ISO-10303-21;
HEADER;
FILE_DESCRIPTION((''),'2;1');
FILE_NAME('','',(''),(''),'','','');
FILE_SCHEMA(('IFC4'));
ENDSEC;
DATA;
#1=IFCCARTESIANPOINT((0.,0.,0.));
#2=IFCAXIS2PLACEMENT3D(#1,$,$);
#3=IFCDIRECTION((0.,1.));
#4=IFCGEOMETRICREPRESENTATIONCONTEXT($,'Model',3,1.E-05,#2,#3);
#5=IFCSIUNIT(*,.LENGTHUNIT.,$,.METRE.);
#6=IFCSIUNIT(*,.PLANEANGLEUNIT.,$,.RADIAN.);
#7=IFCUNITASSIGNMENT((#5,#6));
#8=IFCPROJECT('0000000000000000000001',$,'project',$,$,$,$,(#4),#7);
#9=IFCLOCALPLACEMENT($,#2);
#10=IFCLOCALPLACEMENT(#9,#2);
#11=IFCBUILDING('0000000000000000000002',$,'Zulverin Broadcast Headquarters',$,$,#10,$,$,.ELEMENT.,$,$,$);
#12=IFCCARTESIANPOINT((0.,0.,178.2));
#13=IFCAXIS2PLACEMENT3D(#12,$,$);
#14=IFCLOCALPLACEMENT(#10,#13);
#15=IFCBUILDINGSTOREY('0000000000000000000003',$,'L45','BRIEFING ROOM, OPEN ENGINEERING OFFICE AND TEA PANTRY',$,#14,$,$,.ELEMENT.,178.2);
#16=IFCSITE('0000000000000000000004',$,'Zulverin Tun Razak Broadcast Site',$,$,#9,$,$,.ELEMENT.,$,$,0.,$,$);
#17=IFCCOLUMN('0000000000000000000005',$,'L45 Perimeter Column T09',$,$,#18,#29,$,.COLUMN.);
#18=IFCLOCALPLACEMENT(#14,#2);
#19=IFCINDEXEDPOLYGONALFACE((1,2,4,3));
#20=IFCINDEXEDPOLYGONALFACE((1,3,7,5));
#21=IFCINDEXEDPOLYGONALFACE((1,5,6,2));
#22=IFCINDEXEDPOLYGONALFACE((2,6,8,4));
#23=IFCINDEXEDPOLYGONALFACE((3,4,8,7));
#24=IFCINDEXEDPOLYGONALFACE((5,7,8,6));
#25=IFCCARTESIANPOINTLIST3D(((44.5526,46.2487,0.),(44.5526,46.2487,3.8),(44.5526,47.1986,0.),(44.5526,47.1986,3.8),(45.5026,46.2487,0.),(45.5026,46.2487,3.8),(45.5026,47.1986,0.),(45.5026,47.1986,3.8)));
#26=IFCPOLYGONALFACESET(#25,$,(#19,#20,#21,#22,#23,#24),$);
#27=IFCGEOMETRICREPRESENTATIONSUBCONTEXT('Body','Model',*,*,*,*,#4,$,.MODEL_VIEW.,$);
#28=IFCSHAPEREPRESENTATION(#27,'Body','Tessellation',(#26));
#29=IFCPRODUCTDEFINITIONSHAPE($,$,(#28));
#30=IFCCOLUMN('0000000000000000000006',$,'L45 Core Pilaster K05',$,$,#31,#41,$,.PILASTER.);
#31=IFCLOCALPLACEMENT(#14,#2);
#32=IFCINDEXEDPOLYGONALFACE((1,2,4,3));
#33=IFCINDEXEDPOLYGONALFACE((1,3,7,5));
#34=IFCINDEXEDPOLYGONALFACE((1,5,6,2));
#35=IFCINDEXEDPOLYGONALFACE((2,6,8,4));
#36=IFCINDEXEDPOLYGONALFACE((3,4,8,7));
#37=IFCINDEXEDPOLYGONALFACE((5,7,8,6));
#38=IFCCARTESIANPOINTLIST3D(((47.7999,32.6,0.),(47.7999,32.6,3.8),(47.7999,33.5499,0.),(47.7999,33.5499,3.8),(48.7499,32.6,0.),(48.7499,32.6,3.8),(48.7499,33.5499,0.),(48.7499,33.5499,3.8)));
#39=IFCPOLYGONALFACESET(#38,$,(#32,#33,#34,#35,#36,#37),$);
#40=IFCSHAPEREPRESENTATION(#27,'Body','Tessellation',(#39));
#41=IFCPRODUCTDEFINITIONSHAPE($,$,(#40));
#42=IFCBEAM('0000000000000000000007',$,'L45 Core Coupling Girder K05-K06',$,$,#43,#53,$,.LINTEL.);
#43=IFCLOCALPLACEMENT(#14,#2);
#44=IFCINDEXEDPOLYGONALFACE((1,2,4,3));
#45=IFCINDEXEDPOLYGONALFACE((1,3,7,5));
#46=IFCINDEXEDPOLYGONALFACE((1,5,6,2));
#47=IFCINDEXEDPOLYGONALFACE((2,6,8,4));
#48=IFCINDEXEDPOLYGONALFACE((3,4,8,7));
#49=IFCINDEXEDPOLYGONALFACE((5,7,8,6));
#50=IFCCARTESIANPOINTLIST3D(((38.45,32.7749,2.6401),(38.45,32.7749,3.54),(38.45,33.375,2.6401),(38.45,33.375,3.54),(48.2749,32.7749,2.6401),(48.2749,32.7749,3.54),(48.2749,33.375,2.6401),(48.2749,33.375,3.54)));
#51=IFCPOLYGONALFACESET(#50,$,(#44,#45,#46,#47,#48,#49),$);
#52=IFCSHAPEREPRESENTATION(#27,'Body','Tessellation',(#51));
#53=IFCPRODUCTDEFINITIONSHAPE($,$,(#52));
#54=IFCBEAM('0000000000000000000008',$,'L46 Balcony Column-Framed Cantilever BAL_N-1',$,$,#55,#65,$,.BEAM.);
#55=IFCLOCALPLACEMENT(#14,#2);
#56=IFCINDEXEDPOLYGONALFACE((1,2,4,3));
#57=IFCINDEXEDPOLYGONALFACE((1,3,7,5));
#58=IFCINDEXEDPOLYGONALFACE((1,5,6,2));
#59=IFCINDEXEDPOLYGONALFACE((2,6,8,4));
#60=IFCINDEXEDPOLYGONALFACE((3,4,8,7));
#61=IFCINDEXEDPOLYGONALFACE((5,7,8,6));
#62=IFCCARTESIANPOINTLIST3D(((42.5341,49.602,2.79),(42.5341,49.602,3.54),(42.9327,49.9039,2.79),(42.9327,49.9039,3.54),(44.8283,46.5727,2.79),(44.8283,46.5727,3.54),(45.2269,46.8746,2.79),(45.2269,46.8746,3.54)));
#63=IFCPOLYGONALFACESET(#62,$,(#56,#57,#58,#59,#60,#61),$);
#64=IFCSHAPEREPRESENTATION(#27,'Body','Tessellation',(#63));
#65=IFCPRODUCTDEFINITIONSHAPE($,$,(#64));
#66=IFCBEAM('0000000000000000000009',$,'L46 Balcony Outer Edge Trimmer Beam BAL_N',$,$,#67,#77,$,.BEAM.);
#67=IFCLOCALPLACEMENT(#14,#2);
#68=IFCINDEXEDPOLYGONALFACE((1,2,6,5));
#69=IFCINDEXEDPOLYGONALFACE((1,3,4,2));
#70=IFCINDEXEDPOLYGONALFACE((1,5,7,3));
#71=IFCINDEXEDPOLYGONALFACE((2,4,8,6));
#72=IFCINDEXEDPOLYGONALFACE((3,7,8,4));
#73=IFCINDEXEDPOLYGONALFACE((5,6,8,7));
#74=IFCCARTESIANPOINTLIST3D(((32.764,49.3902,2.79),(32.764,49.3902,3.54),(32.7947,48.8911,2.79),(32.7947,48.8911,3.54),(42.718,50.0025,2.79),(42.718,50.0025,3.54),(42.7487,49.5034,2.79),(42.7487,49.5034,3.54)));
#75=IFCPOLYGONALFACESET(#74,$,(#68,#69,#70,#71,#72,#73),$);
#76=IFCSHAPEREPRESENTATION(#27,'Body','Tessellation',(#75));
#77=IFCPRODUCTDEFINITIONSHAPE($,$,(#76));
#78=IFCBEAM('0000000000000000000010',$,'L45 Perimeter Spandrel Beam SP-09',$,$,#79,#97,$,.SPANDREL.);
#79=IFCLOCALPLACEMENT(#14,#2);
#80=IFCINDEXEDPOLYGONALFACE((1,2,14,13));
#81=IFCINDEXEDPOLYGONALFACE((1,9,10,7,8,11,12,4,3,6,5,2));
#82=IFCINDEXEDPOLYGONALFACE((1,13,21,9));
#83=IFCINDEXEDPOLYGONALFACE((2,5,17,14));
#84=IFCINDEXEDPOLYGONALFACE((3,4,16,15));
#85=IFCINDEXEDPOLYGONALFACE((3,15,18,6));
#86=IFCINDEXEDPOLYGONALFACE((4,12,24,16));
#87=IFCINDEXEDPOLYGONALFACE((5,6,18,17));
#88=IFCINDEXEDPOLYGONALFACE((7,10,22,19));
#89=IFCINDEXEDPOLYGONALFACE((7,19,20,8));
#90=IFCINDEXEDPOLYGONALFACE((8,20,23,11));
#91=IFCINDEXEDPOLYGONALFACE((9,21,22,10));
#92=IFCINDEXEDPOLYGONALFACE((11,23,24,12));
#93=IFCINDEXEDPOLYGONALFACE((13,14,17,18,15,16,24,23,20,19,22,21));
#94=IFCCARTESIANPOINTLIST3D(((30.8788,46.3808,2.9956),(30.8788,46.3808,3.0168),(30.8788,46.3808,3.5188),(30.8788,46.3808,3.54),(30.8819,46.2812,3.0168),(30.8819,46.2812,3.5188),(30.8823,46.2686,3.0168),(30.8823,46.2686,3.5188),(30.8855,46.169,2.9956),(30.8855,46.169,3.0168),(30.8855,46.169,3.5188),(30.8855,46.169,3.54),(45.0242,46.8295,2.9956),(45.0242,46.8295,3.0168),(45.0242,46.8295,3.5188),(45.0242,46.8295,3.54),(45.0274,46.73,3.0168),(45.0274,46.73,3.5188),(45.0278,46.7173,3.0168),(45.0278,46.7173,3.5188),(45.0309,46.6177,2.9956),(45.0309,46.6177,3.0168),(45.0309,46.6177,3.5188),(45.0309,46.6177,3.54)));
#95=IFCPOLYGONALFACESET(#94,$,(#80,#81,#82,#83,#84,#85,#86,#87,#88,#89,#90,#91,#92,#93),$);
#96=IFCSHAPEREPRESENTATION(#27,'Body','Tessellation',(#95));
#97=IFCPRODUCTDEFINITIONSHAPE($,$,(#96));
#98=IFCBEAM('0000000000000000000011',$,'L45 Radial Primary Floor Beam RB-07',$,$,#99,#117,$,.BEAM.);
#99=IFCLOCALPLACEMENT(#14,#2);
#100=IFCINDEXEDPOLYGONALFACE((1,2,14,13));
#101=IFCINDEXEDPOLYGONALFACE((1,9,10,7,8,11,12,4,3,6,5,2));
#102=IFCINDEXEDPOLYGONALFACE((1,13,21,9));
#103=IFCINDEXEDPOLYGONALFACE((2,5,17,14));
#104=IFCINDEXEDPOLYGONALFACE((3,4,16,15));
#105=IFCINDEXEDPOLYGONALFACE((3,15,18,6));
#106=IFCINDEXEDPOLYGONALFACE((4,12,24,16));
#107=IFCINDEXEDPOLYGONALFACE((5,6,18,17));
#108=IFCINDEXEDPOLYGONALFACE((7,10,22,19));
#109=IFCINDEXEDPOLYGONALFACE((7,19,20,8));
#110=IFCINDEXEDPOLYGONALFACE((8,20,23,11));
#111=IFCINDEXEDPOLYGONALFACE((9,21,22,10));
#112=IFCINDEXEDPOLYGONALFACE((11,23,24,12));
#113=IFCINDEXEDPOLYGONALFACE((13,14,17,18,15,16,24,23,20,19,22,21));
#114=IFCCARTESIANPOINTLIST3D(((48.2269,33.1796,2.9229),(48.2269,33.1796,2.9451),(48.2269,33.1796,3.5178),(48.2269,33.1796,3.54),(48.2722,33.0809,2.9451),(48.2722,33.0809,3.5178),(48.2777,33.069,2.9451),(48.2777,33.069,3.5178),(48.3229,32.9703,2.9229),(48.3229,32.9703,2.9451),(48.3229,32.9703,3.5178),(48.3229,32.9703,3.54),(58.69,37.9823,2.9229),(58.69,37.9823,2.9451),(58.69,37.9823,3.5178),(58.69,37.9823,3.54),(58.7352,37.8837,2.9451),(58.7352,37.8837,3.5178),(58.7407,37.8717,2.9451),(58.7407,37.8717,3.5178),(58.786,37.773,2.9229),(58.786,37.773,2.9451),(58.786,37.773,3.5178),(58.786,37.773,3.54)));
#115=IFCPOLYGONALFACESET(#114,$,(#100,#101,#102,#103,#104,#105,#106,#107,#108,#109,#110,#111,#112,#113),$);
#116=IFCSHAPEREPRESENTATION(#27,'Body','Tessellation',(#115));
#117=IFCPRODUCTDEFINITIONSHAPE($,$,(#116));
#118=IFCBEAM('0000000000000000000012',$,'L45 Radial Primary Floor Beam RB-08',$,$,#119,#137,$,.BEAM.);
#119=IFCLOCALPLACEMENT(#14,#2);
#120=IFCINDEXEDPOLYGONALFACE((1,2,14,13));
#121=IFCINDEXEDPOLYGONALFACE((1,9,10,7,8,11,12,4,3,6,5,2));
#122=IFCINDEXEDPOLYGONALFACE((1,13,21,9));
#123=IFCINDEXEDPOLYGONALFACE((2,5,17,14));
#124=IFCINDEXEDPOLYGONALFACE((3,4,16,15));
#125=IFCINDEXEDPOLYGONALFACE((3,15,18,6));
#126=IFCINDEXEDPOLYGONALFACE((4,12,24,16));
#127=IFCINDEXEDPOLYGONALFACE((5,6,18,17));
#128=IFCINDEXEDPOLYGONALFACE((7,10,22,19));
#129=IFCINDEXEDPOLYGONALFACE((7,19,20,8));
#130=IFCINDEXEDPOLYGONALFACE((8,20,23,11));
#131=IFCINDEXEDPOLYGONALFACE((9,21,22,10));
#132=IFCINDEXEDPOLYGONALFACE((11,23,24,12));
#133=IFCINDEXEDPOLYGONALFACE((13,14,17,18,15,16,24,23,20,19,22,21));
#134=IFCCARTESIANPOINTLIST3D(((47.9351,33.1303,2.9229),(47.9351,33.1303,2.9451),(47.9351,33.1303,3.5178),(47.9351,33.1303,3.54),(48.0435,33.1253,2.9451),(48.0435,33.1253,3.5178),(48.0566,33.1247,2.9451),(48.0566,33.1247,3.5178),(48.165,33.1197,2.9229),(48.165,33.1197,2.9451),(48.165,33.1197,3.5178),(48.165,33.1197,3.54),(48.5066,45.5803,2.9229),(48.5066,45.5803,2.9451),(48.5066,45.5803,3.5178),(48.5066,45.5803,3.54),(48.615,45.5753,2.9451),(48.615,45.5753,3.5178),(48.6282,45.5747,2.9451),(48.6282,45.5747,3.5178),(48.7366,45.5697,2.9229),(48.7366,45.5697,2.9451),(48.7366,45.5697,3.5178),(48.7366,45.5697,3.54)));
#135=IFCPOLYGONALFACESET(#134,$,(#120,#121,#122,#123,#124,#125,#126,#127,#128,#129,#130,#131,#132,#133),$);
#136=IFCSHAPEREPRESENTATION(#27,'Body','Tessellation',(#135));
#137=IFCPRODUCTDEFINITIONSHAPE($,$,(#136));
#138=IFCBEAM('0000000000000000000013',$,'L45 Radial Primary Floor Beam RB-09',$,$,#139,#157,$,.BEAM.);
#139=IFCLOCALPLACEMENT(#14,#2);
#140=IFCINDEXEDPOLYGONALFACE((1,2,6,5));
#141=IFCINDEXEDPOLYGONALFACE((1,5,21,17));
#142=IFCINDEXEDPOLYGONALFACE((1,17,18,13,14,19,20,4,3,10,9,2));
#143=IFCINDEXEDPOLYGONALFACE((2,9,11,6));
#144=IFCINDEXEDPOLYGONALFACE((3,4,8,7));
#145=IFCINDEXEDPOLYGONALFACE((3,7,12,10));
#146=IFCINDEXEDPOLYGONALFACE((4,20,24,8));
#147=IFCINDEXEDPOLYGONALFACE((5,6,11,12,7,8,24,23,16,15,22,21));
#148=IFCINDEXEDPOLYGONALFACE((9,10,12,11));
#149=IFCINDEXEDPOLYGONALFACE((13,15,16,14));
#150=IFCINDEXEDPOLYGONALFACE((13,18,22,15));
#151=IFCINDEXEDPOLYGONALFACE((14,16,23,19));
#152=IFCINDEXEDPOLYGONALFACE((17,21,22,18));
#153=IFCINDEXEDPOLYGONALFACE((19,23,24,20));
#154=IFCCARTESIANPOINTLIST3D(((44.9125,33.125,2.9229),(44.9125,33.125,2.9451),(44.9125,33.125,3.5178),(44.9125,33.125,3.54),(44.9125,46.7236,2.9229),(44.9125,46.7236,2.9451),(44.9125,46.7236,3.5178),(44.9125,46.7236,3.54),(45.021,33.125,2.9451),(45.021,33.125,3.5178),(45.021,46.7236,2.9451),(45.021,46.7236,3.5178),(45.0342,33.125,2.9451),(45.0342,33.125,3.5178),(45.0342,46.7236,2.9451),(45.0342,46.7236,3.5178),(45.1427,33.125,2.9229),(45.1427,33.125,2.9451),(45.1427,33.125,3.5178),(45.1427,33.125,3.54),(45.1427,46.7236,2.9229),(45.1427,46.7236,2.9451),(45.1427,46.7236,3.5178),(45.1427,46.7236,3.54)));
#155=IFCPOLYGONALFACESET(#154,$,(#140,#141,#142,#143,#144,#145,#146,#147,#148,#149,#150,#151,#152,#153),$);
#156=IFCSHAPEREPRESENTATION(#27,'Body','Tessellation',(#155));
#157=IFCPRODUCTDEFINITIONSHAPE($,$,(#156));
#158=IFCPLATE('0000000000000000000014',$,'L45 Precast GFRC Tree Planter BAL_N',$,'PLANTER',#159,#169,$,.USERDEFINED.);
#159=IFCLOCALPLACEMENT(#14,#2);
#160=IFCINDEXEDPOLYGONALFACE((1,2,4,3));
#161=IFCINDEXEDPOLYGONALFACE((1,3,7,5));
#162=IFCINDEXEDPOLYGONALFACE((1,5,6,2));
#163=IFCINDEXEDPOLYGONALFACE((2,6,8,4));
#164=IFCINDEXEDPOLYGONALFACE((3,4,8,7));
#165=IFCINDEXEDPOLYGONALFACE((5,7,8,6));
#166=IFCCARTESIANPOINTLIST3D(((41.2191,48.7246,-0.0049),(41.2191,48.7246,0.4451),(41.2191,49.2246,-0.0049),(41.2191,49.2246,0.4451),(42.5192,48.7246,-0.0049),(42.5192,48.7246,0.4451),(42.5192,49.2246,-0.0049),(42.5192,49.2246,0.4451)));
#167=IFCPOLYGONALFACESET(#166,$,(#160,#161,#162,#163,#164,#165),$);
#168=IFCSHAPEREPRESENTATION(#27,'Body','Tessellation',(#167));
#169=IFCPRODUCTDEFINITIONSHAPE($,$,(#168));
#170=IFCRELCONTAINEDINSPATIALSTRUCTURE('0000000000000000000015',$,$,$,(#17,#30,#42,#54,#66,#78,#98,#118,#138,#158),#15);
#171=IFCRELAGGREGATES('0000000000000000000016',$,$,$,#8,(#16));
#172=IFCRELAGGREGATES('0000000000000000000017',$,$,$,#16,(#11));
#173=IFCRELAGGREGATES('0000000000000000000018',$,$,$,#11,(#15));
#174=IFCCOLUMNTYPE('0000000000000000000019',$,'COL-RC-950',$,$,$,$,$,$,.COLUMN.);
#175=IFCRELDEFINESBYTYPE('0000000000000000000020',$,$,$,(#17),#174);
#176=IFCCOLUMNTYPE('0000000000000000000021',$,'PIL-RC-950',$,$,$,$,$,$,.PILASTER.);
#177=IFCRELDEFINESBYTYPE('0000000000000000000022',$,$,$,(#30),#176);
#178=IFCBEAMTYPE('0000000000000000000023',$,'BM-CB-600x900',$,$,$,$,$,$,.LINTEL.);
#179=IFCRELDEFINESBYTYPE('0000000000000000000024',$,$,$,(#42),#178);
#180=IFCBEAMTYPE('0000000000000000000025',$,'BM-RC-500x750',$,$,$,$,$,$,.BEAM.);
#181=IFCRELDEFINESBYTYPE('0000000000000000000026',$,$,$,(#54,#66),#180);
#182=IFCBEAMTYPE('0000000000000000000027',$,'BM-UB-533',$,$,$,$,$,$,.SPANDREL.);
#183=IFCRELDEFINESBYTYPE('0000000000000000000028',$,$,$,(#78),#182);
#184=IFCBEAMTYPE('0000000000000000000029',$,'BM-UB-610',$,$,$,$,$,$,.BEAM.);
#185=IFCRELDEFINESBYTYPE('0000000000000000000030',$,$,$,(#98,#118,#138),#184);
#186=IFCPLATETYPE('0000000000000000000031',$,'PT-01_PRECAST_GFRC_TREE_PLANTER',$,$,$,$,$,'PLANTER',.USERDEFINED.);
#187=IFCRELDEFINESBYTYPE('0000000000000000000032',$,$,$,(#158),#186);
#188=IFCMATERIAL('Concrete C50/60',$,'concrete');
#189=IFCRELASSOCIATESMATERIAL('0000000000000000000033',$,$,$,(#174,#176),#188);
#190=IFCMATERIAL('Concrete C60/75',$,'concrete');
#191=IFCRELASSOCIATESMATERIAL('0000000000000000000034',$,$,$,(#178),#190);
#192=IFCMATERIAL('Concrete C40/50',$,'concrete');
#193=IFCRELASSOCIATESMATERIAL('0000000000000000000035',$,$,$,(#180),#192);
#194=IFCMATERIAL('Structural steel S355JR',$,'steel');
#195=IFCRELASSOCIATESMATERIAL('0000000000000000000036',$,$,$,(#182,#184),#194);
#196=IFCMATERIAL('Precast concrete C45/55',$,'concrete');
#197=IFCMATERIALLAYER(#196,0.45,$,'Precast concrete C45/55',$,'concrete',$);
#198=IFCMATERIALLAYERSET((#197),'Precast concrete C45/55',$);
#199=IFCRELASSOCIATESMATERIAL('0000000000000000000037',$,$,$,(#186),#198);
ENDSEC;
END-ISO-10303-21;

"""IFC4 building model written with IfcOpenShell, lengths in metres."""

from ifc_helpers import new_model, si_unit, direction, frame, origin, origin_2d, place, context, subcontext, project, spatial, rectangle, i_section, extrude, material, layer, layer_set, material_profile, profile_set, type_object, element, save


model = new_model("IFC4")

# Units and contexts
model_context = context("Model", 3, precision=1e-05, world=origin(), true_north=direction((0.0, 1.0)))
body_context = subcontext(model_context, "Body", "Model", "MODEL_VIEW")
ifc_project = project(units=[si_unit("LENGTHUNIT", "METRE"), si_unit("PLANEANGLEUNIT", "RADIAN")], contexts=[model_context])

# Site, building, storey
site_placement = place(None, origin())
site = spatial("IfcSite", under=ifc_project, at=site_placement, Name="Zulverin Tun Razak Broadcast Site", CompositionType="ELEMENT", RefElevation=0.0)
building_placement = place(site_placement, origin())
building = spatial("IfcBuilding", under=site, at=building_placement, Name="Zulverin Broadcast Headquarters", CompositionType="ELEMENT")
storey_placement = place(building_placement, frame((0.0, 0.0, 178.2)))
storey = spatial("IfcBuildingStorey", under=building, at=storey_placement, Name="L45", Description="BRIEFING ROOM, OPEN ENGINEERING OFFICE AND TEA PANTRY", CompositionType="ELEMENT", Elevation=178.2)

# Columns
ifc_material_1 = material(Name="Concrete C50/60", Category="concrete")
ifc_material_profile_1 = material_profile(ifc_material_1, rectangle(XDim=0.95, YDim=0.95, at=origin_2d()), Name="Concrete C50/60", Category="concrete")
ifc_profile_set_1 = profile_set([ifc_material_profile_1], Name="Concrete C50/60")
column_type_1 = type_object("IfcColumnType", Name="COL-RC-950", PredefinedType="COLUMN", material=ifc_profile_set_1)
column_1_placement = place(storey_placement, frame((45.0276, 46.7236, 0.0), z_axis=(0.0, 0.0, 1.0), x_axis=(1.0, 0.0, 0.0)))
element("IfcColumn", 1, at=column_1_placement, inside=storey, type_object=column_type_1, Name="L45 Perimeter Column T09", PredefinedType="COLUMN", context=body_context, shape_type="SweptSolid", body=[
    extrude(rectangle(XDim=0.95, YDim=0.95, at=origin_2d()), origin(), (0.0, 0.0, 1.0), 3.8),
])
ifc_material_profile_2 = material_profile(ifc_material_1, rectangle(XDim=0.95, YDim=0.95, at=origin_2d()), Name="Concrete C50/60", Category="concrete")
ifc_profile_set_2 = profile_set([ifc_material_profile_2], Name="Concrete C50/60")
column_type_2 = type_object("IfcColumnType", Name="PIL-RC-950", PredefinedType="PILASTER", material=ifc_profile_set_2)
column_2_placement = place(storey_placement, frame((48.2749, 33.075, 0.0), z_axis=(0.0, 0.0, 1.0), x_axis=(1.0, 0.0, 0.0)))
element("IfcColumn", 2, at=column_2_placement, inside=storey, type_object=column_type_2, Name="L45 Core Pilaster K05", PredefinedType="PILASTER", context=body_context, shape_type="SweptSolid", body=[
    extrude(rectangle(XDim=0.95, YDim=0.95, at=origin_2d()), origin(), (0.0, 0.0, 1.0), 3.8),
])

# Beams
ifc_material_2 = material(Name="Concrete C60/75", Category="concrete")
ifc_material_profile_3 = material_profile(ifc_material_2, rectangle(XDim=0.6001, YDim=0.8999, at=origin_2d()), Name="Concrete C60/75", Category="concrete")
ifc_profile_set_3 = profile_set([ifc_material_profile_3], Name="Concrete C60/75")
beam_type_1 = type_object("IfcBeamType", Name="BM-CB-600x900", PredefinedType="LINTEL", material=ifc_profile_set_3)
beam_1_placement = place(storey_placement, frame((48.2749, 33.075, 3.0901), z_axis=(-1.0, 0.0, 0.0), x_axis=(0.0, -1.0, 0.0)))
element("IfcBeam", 3, at=beam_1_placement, inside=storey, type_object=beam_type_1, Name="L45 Core Coupling Girder K05-K06", PredefinedType="LINTEL", context=body_context, shape_type="SweptSolid", body=[
    extrude(rectangle(XDim=0.6001, YDim=0.8999, at=origin_2d()), origin(), (0.0, 0.0, 1.0), 9.825),
])
ifc_material_3 = material(Name="Concrete C40/50", Category="concrete")
ifc_material_profile_4 = material_profile(ifc_material_3, rectangle(XDim=0.5, YDim=0.75, at=origin_2d()), Name="Concrete C40/50", Category="concrete")
ifc_profile_set_4 = profile_set([ifc_material_profile_4], Name="Concrete C40/50")
beam_type_2 = type_object("IfcBeamType", Name="BM-RC-500x750", PredefinedType="BEAM", material=ifc_profile_set_4)
beam_2_placement = place(storey_placement, frame((45.0276, 46.7236, 3.165), z_axis=(-0.603735, 0.797185, 0.0), x_axis=(-0.797185, -0.603735, 0.0)))
element("IfcBeam", 4, at=beam_2_placement, inside=storey, type_object=beam_type_2, Name="L46 Balcony Column-Framed Cantilever BAL_N-1", PredefinedType="BEAM", context=body_context, shape_type="SweptSolid", body=[
    extrude(rectangle(XDim=0.5, YDim=0.75, at=origin_2d()), origin(), (0.0, 0.0, 1.0), 3.8),
])
beam_3_placement = place(storey_placement, frame((42.7334, 49.7529, 3.165), z_axis=(-0.998113, -0.061397, 0.0), x_axis=(0.061397, -0.998113, 0.0)))
element("IfcBeam", 5, at=beam_3_placement, inside=storey, type_object=beam_type_2, Name="L46 Balcony Outer Edge Trimmer Beam BAL_N", PredefinedType="BEAM", context=body_context, shape_type="SweptSolid", body=[
    extrude(rectangle(XDim=0.5, YDim=0.75, at=origin_2d()), origin(), (0.0, 0.0, 1.0), 9.9729),
])
ifc_material_4 = material(Name="Structural steel S355JR", Category="steel")
ifc_material_profile_5 = material_profile(ifc_material_4, i_section(OverallWidth=0.2119, OverallDepth=0.5444, WebThickness=0.0127, FlangeThickness=0.0212, at=origin_2d()), Name="Structural steel S355JR", Category="steel")
ifc_profile_set_5 = profile_set([ifc_material_profile_5], Name="Structural steel S355JR")
beam_type_3 = type_object("IfcBeamType", Name="BM-UB-533", PredefinedType="SPANDREL", material=ifc_profile_set_5)
beam_4_placement = place(storey_placement, frame((45.0276, 46.7236, 3.2678), z_axis=(-0.999497, -0.031707, 0.0), x_axis=(0.031707, -0.999497, 0.0)))
element("IfcBeam", 6, at=beam_4_placement, inside=storey, type_object=beam_type_3, Name="L45 Perimeter Spandrel Beam SP-09", PredefinedType="SPANDREL", context=body_context, shape_type="SweptSolid", body=[
    extrude(i_section(OverallWidth=0.2119, OverallDepth=0.5444, WebThickness=0.0127, FlangeThickness=0.0212, at=origin_2d()), origin(), (0.0, 0.0, 1.0), 14.1526),
])
ifc_material_profile_6 = material_profile(ifc_material_4, i_section(OverallWidth=0.2302, OverallDepth=0.6172, WebThickness=0.0132, FlangeThickness=0.0222, at=origin_2d()), Name="Structural steel S355JR", Category="steel")
ifc_profile_set_6 = profile_set([ifc_material_profile_6], Name="Structural steel S355JR")
beam_type_4 = type_object("IfcBeamType", Name="BM-UB-610", PredefinedType="BEAM", material=ifc_profile_set_6)
beam_5_placement = place(storey_placement, frame((48.2749, 33.075, 3.2314), z_axis=(0.90883, 0.417167, 0.0), x_axis=(-0.417167, 0.90883, 0.0)))
element("IfcBeam", 7, at=beam_5_placement, inside=storey, type_object=beam_type_4, Name="L45 Radial Primary Floor Beam RB-07", PredefinedType="BEAM", context=body_context, shape_type="SweptSolid", body=[
    extrude(i_section(OverallWidth=0.2302, OverallDepth=0.6172, WebThickness=0.0132, FlangeThickness=0.0222, at=origin_2d()), origin(), (0.0, 0.0, 1.0), 11.5127),
])
beam_6_placement = place(storey_placement, frame((48.05, 33.125, 3.2314), z_axis=(0.045858, 0.998948, 0.0), x_axis=(-0.998948, 0.045858, 0.0)))
element("IfcBeam", 8, at=beam_6_placement, inside=storey, type_object=beam_type_4, Name="L45 Radial Primary Floor Beam RB-08", PredefinedType="BEAM", context=body_context, shape_type="SweptSolid", body=[
    extrude(i_section(OverallWidth=0.2302, OverallDepth=0.6172, WebThickness=0.0132, FlangeThickness=0.0222, at=origin_2d()), origin(), (0.0, 0.0, 1.0), 12.4631),
])
beam_7_placement = place(storey_placement, frame((45.0276, 33.125, 3.2314), z_axis=(0.0, 1.0, 0.0), x_axis=(-1.0, 0.0, 0.0)))
element("IfcBeam", 9, at=beam_7_placement, inside=storey, type_object=beam_type_4, Name="L45 Radial Primary Floor Beam RB-09", PredefinedType="BEAM", context=body_context, shape_type="SweptSolid", body=[
    extrude(i_section(OverallWidth=0.2302, OverallDepth=0.6172, WebThickness=0.0132, FlangeThickness=0.0222, at=origin_2d()), origin(), (0.0, 0.0, 1.0), 13.5986),
])

# Plate
ifc_material_5 = material(Name="Precast concrete C45/55", Category="concrete")
ifc_layer_1 = layer(ifc_material_5, 0.45, Name="Precast concrete C45/55", Category="concrete")
ifc_layer_set_1 = layer_set([ifc_layer_1], Name="Precast concrete C45/55")
plate_type = type_object("IfcPlateType", Name="PT-01_PRECAST_GFRC_TREE_PLANTER", ElementType="PLANTER", PredefinedType="USERDEFINED", material=ifc_layer_set_1)
plate_placement = place(storey_placement, frame((41.8691, 48.9746, -0.0049), z_axis=(0.0, 0.0, 1.0), x_axis=(1.0, 0.0, 0.0)))
element("IfcPlate", 10, at=plate_placement, inside=storey, type_object=plate_type, Name="L45 Precast GFRC Tree Planter BAL_N", ObjectType="PLANTER", PredefinedType="USERDEFINED", context=body_context, shape_type="SweptSolid", body=[
    extrude(rectangle(XDim=1.3, YDim=0.5, at=origin_2d()), origin(), (0.0, 0.0, 1.0), 0.45),
])

save(model, "model.ifc")
